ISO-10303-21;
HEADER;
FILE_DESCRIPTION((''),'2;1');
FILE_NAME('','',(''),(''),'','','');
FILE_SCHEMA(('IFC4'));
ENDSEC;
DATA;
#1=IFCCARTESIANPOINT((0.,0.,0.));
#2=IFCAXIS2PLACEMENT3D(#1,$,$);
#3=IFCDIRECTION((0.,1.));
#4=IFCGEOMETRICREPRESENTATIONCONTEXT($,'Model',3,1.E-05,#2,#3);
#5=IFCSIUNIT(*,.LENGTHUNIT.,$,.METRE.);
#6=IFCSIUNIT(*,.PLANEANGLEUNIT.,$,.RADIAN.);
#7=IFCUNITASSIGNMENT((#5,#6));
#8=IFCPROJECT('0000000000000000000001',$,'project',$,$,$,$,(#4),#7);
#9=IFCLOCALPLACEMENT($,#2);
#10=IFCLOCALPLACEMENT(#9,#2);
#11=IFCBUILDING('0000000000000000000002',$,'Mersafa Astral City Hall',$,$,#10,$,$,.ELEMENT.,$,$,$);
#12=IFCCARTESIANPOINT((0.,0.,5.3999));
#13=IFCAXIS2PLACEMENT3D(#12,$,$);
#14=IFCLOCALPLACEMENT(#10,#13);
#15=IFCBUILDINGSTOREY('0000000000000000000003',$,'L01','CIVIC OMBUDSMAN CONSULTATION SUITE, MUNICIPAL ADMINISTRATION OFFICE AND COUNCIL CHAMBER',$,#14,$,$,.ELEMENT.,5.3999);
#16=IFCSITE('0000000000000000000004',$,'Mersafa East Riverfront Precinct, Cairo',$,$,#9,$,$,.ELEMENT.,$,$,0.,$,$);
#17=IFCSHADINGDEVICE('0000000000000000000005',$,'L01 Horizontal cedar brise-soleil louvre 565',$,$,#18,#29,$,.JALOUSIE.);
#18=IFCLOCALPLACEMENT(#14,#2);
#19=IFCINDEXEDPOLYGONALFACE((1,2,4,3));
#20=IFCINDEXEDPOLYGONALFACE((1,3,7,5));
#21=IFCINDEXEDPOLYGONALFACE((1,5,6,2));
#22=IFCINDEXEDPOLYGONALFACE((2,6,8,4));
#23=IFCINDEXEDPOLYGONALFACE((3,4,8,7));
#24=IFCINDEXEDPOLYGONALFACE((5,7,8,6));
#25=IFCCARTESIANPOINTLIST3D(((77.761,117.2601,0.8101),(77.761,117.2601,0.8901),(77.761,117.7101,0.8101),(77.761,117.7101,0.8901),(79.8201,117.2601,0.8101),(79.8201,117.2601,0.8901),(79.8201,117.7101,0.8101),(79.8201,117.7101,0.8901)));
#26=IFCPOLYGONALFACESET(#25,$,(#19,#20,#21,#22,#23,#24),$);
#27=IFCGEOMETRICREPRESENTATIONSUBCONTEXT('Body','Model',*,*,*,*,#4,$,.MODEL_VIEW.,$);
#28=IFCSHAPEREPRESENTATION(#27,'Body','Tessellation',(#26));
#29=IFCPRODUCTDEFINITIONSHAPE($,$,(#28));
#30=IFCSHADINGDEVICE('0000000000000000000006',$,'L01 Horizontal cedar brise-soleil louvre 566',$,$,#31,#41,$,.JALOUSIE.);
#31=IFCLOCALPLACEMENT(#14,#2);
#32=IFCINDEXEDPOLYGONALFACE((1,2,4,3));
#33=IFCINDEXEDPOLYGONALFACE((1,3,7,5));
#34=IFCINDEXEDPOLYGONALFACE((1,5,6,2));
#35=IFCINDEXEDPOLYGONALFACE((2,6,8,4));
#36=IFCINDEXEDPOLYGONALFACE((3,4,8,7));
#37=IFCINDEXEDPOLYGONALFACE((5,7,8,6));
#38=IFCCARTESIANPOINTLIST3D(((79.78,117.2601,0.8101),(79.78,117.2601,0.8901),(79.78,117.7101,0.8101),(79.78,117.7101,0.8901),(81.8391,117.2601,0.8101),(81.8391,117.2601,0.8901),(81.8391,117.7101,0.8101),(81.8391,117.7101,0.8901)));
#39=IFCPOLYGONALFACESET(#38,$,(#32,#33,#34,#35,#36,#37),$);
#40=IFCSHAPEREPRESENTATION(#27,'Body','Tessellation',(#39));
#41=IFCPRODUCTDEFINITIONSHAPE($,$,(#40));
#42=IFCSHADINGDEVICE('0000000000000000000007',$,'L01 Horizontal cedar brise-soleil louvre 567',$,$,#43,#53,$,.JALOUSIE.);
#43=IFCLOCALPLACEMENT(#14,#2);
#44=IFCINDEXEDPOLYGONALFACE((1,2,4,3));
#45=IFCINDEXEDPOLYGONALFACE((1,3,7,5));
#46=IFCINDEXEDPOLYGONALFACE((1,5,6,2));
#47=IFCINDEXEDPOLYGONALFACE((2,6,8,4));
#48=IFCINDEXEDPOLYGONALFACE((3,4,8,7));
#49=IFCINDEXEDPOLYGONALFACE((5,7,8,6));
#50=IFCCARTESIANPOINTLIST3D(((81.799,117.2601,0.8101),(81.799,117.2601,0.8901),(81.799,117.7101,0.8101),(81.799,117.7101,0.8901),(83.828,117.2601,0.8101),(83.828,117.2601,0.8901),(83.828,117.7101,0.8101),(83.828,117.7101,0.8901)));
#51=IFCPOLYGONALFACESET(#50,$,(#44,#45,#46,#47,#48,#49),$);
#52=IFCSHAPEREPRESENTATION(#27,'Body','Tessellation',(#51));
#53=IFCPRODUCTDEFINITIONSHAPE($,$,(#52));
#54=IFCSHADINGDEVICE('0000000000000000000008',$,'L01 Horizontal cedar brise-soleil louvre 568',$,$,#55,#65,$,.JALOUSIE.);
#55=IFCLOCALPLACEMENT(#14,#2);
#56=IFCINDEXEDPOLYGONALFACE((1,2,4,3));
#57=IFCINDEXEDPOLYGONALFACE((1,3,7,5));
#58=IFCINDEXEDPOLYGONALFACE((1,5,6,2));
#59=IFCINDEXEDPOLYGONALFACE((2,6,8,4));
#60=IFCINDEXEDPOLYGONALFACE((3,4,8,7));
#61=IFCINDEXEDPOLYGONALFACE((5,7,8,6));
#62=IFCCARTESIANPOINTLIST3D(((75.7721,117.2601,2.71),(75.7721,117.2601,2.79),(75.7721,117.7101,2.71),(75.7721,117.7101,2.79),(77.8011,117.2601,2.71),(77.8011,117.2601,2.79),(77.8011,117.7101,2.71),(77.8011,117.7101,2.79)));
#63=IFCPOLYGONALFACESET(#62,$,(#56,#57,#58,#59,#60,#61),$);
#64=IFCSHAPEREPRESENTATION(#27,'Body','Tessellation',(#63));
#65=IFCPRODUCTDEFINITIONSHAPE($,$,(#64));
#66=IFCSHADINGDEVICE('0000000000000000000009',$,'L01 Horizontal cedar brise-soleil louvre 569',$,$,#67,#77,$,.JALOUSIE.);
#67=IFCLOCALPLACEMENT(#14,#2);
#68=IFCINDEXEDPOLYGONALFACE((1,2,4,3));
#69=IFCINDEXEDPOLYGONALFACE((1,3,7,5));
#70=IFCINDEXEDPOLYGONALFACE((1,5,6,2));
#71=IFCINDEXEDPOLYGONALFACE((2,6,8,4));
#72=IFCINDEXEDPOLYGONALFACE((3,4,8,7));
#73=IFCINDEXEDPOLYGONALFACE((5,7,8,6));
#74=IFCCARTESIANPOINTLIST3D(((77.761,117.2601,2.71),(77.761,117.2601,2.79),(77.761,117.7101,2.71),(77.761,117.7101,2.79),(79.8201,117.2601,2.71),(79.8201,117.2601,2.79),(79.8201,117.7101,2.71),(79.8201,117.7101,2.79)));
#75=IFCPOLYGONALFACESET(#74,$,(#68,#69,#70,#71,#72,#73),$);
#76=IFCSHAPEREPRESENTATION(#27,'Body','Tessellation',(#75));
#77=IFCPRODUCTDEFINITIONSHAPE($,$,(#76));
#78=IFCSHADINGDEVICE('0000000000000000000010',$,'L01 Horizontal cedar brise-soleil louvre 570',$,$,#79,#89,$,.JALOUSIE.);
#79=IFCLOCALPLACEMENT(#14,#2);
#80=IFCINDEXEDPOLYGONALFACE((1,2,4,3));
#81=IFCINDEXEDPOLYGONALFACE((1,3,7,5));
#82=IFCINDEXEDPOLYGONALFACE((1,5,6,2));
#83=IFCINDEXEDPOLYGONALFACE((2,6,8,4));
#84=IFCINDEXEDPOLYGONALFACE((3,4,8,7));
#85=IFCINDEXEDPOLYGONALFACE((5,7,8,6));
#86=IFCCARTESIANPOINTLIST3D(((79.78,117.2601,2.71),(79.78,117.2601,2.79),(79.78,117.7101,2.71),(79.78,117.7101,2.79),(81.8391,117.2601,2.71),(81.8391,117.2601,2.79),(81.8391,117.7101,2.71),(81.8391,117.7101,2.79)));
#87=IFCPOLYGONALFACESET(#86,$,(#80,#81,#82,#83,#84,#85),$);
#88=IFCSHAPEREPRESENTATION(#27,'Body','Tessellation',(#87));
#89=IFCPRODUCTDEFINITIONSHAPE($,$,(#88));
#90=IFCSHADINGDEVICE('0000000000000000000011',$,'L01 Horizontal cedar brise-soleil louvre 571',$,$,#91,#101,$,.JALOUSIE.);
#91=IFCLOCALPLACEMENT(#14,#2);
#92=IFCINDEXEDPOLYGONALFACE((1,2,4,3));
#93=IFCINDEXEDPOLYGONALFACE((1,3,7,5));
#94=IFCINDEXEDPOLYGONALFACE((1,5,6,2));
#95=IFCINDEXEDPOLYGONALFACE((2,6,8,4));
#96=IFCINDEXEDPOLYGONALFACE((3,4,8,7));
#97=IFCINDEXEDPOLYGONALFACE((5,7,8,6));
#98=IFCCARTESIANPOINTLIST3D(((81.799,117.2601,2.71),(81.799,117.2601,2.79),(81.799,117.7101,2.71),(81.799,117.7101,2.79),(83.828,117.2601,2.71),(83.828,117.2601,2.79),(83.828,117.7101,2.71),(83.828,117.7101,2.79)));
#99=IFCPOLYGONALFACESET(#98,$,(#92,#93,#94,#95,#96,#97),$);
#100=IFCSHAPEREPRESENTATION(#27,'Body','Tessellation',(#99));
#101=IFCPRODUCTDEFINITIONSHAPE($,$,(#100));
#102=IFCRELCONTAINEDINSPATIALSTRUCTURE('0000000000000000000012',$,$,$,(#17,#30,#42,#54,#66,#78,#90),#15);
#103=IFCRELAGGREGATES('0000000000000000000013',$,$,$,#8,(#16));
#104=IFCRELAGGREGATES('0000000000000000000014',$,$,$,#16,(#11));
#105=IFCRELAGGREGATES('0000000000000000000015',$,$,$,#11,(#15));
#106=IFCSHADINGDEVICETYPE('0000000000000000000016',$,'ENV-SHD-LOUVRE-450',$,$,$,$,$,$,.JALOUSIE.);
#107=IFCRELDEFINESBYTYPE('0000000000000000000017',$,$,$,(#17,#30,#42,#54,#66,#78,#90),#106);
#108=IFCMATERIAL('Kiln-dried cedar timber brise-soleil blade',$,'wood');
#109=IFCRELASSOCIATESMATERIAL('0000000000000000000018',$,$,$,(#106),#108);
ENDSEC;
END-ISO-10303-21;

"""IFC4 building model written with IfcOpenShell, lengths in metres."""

from ifc_helpers import new_model, si_unit, direction, frame, origin, origin_2d, place, context, subcontext, project, spatial, rectangle, extrude, material, type_object, element, save


model = new_model("IFC4")

# Units and contexts
model_context = context("Model", 3, precision=1e-05, world=origin(), true_north=direction((0.0, 1.0)))
body_context = subcontext(model_context, "Body", "Model", "MODEL_VIEW")
ifc_project = project(units=[si_unit("LENGTHUNIT", "METRE"), si_unit("PLANEANGLEUNIT", "RADIAN")], contexts=[model_context])

# Site, building, storey
site_placement = place(None, origin())
site = spatial("IfcSite", under=ifc_project, at=site_placement, Name="Mersafa East Riverfront Precinct, Cairo", CompositionType="ELEMENT", RefElevation=0.0)
building_placement = place(site_placement, origin())
building = spatial("IfcBuilding", under=site, at=building_placement, Name="Mersafa Astral City Hall", CompositionType="ELEMENT")
storey_placement = place(building_placement, frame((0.0, 0.0, 5.3999)))
storey = spatial("IfcBuildingStorey", under=building, at=storey_placement, Name="L01", Description="CIVIC OMBUDSMAN CONSULTATION SUITE, MUNICIPAL ADMINISTRATION OFFICE AND COUNCIL CHAMBER", CompositionType="ELEMENT", Elevation=5.3999)

# Shading devices
ifc_material_1 = material(Name="Kiln-dried cedar timber brise-soleil blade", Category="wood")
shading_device_type_1 = type_object("IfcShadingDeviceType", Name="ENV-SHD-LOUVRE-450", PredefinedType="JALOUSIE", material=ifc_material_1)
for number, where, z_axis, x_axis, name in (
    (1, (78.7905, 117.4851, 0.8101), (0.0, 0.0, 1.0), (1.0, 0.0, 0.0), "L01 Horizontal cedar brise-soleil louvre 565"),
    (2, (80.8096, 117.4851, 0.8101), (0.0, 0.0, 1.0), (1.0, 0.0, 0.0), "L01 Horizontal cedar brise-soleil louvre 566"),
):
    element("IfcShadingDevice", number, at=place(storey_placement, frame(where, z_axis=z_axis, x_axis=x_axis)), inside=storey, type_object=shading_device_type_1, Name=name, PredefinedType="JALOUSIE", context=body_context, shape_type="SweptSolid", body=[
        extrude(rectangle(XDim=2.0591, YDim=0.45, at=origin_2d()), origin(), (0.0, 0.0, 1.0), 0.0801),
    ])
for number, where, z_axis, x_axis, name in (
    (3, (82.8135, 117.4851, 0.8101), (0.0, 0.0, 1.0), (1.0, 0.0, 0.0), "L01 Horizontal cedar brise-soleil louvre 567"),
    (4, (76.7866, 117.4851, 2.71), (0.0, 0.0, 1.0), (1.0, 0.0, 0.0), "L01 Horizontal cedar brise-soleil louvre 568"),
):
    element("IfcShadingDevice", number, at=place(storey_placement, frame(where, z_axis=z_axis, x_axis=x_axis)), inside=storey, type_object=shading_device_type_1, Name=name, PredefinedType="JALOUSIE", context=body_context, shape_type="SweptSolid", body=[
        extrude(rectangle(XDim=2.0291, YDim=0.45, at=origin_2d()), origin(), (0.0, 0.0, 1.0), 0.0801),
    ])
for number, where, z_axis, x_axis, name in (
    (5, (78.7905, 117.4851, 2.71), (0.0, 0.0, 1.0), (1.0, 0.0, 0.0), "L01 Horizontal cedar brise-soleil louvre 569"),
    (6, (80.8096, 117.4851, 2.71), (0.0, 0.0, 1.0), (1.0, 0.0, 0.0), "L01 Horizontal cedar brise-soleil louvre 570"),
):
    element("IfcShadingDevice", number, at=place(storey_placement, frame(where, z_axis=z_axis, x_axis=x_axis)), inside=storey, type_object=shading_device_type_1, Name=name, PredefinedType="JALOUSIE", context=body_context, shape_type="SweptSolid", body=[
        extrude(rectangle(XDim=2.0591, YDim=0.45, at=origin_2d()), origin(), (0.0, 0.0, 1.0), 0.0801),
    ])
shading_device_1_placement = place(storey_placement, frame((82.8135, 117.4851, 2.71), z_axis=(0.0, 0.0, 1.0), x_axis=(1.0, 0.0, 0.0)))
element("IfcShadingDevice", 7, at=shading_device_1_placement, inside=storey, type_object=shading_device_type_1, Name="L01 Horizontal cedar brise-soleil louvre 571", PredefinedType="JALOUSIE", context=body_context, shape_type="SweptSolid", body=[
    extrude(rectangle(XDim=2.0291, YDim=0.45, at=origin_2d()), origin(), (0.0, 0.0, 1.0), 0.0801),
])

save(model, "model.ifc")
